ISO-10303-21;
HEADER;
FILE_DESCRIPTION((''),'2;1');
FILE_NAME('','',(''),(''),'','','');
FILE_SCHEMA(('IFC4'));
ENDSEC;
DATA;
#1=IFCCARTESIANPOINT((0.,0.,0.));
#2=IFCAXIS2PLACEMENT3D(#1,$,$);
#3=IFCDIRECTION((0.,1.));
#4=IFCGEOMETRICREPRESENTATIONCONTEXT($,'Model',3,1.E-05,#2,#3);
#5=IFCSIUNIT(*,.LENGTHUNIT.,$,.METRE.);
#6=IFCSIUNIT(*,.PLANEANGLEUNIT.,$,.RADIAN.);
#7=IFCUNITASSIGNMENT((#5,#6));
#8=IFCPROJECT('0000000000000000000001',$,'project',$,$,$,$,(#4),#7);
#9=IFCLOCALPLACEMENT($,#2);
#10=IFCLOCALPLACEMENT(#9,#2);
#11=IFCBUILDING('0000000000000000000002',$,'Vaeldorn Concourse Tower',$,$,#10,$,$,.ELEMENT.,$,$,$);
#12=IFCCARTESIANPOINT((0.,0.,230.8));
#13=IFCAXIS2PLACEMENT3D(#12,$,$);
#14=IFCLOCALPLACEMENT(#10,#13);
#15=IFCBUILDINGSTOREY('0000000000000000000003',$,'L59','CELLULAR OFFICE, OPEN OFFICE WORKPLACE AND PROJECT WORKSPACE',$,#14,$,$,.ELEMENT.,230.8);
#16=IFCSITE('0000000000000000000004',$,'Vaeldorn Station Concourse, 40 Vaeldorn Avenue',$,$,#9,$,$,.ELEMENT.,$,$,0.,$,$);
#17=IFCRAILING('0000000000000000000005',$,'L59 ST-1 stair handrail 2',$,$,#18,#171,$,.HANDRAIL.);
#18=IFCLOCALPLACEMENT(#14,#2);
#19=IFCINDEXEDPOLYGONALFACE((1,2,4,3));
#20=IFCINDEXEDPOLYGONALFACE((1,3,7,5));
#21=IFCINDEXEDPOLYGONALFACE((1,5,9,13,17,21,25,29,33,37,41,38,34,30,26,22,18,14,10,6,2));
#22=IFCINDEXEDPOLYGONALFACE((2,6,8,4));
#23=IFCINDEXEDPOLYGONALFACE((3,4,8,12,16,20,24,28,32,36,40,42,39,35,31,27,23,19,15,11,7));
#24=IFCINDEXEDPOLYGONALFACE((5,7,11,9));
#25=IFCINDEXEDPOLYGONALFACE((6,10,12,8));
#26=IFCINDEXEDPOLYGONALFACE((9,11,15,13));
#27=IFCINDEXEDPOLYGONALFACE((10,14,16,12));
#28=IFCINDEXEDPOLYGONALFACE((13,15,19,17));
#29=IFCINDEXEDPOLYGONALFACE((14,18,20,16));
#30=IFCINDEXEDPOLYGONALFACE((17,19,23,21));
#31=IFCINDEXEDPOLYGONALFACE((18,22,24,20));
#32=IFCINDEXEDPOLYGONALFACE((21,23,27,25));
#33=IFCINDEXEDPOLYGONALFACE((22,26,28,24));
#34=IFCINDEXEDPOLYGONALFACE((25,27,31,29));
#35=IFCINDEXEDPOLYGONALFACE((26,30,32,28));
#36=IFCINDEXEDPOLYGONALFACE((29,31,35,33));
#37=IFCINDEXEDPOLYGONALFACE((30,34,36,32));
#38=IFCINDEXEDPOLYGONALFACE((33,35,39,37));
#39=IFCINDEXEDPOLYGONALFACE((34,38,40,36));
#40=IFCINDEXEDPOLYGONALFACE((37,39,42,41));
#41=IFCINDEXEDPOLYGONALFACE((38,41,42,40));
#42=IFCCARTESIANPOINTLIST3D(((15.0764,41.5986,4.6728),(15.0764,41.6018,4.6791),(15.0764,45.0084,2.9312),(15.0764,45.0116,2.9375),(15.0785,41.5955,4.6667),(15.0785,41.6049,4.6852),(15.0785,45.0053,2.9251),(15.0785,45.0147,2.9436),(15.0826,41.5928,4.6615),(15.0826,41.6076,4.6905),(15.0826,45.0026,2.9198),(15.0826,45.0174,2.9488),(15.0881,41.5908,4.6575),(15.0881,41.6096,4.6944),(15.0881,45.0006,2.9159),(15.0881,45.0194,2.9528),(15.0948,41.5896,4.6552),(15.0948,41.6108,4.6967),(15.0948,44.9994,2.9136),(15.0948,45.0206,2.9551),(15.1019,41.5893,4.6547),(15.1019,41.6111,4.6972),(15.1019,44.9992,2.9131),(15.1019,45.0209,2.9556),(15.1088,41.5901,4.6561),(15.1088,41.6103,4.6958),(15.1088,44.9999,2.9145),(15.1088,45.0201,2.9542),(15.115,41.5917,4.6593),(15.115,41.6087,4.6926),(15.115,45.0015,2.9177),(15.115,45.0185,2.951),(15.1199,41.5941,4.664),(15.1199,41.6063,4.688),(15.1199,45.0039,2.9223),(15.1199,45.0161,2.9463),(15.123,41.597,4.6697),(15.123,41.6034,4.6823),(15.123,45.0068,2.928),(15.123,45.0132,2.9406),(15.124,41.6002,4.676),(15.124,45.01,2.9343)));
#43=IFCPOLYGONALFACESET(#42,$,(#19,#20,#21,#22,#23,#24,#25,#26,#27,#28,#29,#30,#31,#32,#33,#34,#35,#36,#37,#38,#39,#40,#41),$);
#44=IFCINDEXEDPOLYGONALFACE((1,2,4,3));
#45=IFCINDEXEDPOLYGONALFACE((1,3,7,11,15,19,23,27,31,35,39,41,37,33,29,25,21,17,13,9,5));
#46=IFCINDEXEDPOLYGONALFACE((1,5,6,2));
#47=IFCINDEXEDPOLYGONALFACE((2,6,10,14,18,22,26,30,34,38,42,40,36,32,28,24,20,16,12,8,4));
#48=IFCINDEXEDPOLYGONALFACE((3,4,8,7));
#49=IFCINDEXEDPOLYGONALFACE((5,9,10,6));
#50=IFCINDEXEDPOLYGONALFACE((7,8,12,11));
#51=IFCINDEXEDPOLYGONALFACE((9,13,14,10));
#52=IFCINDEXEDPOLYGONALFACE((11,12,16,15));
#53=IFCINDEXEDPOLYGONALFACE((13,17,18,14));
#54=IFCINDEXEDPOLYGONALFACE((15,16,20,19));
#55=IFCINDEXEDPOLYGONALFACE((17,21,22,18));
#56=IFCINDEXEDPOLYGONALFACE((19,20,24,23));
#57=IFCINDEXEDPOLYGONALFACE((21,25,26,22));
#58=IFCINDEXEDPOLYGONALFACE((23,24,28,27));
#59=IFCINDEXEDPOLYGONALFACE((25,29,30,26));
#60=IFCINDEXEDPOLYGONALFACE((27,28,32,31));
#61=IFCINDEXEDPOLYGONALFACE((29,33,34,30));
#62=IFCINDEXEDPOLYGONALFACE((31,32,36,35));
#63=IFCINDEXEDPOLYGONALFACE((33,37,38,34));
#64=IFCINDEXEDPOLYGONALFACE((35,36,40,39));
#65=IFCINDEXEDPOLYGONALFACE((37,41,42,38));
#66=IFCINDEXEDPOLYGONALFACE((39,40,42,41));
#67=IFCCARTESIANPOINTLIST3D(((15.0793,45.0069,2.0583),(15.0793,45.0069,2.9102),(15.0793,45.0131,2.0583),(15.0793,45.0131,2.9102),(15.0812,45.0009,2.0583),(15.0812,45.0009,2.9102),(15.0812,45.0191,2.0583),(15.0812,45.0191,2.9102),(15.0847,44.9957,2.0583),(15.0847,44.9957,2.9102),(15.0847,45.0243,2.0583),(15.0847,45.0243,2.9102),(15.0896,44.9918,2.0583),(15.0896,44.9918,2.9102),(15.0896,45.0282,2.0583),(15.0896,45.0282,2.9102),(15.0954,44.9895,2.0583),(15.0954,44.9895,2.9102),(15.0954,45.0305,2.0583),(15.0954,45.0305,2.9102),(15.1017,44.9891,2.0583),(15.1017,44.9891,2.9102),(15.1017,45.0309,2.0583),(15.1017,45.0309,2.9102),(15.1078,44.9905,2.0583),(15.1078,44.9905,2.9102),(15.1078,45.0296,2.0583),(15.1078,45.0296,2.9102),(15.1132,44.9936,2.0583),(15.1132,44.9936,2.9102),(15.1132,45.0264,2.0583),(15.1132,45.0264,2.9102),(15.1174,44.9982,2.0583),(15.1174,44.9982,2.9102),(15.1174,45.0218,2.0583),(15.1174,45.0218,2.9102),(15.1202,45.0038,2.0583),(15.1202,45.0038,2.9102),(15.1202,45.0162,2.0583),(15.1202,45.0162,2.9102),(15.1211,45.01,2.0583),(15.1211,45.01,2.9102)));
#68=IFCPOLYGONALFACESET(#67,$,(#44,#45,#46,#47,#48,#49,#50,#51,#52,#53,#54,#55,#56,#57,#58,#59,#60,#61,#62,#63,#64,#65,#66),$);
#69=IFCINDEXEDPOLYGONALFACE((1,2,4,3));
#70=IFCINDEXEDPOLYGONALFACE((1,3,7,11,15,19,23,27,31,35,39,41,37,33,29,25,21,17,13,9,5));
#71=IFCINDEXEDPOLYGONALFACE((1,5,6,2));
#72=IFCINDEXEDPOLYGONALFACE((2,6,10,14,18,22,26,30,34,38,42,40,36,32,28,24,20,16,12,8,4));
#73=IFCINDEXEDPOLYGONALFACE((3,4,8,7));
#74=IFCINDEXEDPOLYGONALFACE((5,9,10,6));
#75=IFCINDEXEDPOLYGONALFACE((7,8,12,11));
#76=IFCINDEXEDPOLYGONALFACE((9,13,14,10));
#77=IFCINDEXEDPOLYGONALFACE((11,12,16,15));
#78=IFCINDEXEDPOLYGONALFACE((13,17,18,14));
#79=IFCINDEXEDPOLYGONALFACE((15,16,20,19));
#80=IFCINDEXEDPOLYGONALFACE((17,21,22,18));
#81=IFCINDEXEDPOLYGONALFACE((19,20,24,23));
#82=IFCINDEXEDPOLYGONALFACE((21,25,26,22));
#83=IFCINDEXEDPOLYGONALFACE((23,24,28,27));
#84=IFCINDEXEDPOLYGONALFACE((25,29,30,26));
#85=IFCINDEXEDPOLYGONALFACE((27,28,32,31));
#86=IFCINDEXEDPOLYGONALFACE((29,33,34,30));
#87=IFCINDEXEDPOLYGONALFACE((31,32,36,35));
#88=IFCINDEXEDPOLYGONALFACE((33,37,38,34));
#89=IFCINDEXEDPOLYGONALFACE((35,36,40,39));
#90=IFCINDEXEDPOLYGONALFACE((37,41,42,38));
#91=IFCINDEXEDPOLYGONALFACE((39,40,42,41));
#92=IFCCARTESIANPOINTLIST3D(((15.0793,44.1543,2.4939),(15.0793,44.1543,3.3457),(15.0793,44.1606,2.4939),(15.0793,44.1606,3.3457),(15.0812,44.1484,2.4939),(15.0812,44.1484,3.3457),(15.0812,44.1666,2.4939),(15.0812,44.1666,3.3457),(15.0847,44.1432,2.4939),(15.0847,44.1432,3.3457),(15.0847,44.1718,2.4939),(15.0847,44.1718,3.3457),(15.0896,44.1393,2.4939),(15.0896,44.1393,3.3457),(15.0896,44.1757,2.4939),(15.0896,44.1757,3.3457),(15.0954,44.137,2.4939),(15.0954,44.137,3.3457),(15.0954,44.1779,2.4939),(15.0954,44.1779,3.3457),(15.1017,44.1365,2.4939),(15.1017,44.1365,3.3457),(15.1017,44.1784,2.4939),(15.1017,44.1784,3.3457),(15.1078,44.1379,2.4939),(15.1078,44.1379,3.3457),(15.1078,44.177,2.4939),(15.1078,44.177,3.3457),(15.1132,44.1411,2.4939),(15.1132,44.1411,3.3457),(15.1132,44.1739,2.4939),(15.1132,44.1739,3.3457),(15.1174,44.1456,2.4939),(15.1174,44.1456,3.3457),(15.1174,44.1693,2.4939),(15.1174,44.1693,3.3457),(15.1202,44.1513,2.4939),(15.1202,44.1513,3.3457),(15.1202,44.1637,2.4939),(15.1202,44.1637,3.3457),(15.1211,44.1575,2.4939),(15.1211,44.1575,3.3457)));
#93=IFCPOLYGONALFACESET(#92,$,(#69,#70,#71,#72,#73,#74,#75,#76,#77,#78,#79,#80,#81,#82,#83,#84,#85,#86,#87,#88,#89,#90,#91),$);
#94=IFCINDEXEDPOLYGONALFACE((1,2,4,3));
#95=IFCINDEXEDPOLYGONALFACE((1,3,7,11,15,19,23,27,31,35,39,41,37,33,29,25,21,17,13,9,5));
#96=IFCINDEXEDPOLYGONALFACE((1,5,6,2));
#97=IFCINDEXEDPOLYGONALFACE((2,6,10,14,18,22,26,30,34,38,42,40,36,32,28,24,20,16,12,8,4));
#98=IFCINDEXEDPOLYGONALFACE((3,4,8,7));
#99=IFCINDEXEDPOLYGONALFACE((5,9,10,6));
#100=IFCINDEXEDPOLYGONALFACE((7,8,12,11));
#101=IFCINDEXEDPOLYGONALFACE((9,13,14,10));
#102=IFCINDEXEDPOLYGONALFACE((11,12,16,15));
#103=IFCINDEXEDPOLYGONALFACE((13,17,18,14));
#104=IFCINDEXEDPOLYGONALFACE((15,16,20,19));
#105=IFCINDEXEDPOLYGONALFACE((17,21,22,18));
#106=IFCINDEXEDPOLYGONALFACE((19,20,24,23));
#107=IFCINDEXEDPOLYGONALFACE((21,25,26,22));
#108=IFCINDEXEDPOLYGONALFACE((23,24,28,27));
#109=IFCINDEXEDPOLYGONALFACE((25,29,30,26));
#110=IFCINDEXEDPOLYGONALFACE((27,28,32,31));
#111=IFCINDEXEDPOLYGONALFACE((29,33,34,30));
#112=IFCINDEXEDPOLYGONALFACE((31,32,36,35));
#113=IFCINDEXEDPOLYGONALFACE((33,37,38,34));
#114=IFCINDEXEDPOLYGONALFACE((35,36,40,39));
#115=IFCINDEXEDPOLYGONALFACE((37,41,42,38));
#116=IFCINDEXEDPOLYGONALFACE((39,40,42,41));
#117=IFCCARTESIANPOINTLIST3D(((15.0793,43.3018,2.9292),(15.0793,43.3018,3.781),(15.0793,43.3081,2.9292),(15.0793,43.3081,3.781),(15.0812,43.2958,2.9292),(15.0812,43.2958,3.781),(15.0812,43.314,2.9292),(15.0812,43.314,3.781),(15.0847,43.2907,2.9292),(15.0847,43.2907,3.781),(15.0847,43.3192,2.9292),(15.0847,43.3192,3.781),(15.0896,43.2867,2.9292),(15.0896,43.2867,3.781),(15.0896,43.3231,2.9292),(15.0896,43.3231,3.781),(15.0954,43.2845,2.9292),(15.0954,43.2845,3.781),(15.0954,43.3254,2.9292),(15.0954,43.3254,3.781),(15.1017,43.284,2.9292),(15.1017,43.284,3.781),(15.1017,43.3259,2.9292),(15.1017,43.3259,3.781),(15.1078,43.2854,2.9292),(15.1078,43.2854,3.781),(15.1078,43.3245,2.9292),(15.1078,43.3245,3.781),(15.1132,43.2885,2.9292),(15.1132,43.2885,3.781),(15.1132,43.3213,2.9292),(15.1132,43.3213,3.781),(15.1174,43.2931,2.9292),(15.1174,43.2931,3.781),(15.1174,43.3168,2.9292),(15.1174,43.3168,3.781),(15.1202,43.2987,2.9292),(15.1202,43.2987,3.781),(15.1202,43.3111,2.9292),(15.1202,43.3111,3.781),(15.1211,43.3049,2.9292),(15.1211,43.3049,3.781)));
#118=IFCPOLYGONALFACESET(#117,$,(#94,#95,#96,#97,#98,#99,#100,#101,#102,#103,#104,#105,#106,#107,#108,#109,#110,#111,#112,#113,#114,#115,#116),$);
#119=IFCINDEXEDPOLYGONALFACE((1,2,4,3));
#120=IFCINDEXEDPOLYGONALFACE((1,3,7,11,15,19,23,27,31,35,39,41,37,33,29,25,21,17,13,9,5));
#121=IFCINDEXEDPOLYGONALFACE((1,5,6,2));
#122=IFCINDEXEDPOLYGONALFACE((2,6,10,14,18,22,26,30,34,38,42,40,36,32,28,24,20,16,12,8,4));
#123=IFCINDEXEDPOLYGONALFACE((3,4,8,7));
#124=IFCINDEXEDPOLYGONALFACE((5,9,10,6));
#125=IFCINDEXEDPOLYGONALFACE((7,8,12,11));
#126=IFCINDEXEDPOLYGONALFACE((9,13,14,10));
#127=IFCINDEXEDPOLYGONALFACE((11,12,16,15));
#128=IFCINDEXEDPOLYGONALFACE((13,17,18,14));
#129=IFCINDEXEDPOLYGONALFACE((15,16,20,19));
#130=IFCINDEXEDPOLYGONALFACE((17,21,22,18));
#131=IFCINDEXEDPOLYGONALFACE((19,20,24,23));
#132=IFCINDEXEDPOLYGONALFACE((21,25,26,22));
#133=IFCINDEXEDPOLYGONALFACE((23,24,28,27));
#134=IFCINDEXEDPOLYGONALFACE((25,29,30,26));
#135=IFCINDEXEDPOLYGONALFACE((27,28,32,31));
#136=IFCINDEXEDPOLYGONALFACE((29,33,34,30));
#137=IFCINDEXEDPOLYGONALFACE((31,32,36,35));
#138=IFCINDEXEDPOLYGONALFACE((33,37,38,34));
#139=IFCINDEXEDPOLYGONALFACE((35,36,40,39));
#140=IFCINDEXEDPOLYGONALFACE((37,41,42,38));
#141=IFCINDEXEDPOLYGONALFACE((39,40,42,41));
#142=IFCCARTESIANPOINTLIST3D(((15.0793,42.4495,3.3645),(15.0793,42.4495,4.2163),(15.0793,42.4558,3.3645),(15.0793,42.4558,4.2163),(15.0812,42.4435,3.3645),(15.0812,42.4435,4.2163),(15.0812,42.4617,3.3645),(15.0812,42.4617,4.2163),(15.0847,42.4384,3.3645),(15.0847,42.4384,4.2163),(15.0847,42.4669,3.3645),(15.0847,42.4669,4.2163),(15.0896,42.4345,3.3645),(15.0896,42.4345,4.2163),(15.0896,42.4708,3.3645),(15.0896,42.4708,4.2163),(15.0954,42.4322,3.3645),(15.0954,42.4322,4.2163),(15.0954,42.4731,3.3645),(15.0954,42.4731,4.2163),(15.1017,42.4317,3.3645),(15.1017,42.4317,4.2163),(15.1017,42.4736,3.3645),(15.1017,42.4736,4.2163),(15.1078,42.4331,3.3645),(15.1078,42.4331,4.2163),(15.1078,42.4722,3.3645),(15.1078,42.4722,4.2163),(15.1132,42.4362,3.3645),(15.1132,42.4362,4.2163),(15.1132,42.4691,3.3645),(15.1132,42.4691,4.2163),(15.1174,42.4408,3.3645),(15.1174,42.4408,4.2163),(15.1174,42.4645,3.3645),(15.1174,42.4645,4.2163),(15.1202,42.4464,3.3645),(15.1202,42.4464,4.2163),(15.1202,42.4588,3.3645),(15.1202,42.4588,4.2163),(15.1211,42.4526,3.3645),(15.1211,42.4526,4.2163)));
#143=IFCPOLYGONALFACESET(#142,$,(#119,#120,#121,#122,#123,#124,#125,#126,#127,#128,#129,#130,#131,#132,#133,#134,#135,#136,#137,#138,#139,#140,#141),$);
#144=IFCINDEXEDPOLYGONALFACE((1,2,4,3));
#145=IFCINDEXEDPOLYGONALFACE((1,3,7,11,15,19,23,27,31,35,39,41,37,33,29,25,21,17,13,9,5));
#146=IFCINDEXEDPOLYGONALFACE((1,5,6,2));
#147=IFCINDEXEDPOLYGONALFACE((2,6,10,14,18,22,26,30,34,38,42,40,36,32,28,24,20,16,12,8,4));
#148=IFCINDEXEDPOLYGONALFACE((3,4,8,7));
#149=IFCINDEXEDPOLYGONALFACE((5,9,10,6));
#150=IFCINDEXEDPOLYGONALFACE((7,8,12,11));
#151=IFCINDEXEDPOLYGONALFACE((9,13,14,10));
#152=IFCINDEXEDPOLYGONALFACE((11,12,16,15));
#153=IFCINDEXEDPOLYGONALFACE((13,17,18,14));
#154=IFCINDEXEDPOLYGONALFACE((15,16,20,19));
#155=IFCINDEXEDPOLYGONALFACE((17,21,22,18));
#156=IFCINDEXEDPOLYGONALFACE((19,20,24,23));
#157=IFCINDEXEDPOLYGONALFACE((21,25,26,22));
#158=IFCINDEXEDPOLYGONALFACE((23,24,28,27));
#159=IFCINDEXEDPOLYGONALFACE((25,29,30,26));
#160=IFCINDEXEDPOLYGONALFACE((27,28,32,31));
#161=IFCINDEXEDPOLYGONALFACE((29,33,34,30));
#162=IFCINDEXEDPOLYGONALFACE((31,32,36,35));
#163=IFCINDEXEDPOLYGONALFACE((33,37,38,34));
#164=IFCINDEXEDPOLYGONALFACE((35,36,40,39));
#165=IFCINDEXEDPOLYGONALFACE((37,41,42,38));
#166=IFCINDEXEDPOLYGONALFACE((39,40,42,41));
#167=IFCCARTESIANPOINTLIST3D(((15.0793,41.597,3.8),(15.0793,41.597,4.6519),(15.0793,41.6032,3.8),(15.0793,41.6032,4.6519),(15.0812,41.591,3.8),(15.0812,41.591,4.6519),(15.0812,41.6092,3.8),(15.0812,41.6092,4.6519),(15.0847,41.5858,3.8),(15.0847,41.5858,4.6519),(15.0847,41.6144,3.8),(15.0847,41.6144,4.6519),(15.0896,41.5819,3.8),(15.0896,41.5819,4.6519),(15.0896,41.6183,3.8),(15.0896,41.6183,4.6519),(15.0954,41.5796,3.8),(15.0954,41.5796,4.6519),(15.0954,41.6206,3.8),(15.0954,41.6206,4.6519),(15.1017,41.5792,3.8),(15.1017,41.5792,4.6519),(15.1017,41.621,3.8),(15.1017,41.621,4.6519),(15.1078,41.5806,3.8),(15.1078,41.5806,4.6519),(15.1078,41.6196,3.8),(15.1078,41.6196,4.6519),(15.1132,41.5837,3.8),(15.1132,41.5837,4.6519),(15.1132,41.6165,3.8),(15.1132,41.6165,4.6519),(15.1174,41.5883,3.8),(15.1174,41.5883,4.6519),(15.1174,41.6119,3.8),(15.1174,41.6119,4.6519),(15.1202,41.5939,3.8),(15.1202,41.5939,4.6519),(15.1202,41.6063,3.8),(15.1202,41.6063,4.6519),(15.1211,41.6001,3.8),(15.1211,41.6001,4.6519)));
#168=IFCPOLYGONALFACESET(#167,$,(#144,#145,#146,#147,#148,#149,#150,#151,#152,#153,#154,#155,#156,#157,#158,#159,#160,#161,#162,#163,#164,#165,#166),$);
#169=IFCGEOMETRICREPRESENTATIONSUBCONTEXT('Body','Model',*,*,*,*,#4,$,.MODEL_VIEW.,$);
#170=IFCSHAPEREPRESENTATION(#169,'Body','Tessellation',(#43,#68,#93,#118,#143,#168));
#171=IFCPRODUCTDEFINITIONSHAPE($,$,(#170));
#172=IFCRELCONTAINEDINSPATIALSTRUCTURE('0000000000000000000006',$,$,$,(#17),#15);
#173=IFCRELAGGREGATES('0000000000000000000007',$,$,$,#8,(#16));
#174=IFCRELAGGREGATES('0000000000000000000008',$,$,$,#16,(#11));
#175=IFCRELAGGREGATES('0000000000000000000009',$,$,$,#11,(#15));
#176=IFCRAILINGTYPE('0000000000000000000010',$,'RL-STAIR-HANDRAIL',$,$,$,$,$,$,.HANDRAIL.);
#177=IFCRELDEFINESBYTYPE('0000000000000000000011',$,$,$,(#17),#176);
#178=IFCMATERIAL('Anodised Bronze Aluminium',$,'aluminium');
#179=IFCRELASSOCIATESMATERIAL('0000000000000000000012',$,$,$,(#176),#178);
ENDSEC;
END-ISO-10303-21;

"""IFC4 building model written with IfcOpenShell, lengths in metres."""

from ifc_helpers import new_model, si_unit, direction, frame, origin, origin_2d, place, context, subcontext, project, spatial, circle, extrude, material, type_object, element, save


model = new_model("IFC4")

# Units and contexts
model_context = context("Model", 3, precision=1e-05, world=origin(), true_north=direction((0.0, 1.0)))
body_context = subcontext(model_context, "Body", "Model", "MODEL_VIEW")
ifc_project = project(units=[si_unit("LENGTHUNIT", "METRE"), si_unit("PLANEANGLEUNIT", "RADIAN")], contexts=[model_context])

# Site, building, storey
site_placement = place(None, origin())
site = spatial("IfcSite", under=ifc_project, at=site_placement, Name="Vaeldorn Station Concourse, 40 Vaeldorn Avenue", CompositionType="ELEMENT", RefElevation=0.0)
building_placement = place(site_placement, origin())
building = spatial("IfcBuilding", under=site, at=building_placement, Name="Vaeldorn Concourse Tower", CompositionType="ELEMENT")
storey_placement = place(building_placement, frame((0.0, 0.0, 230.8)))
storey = spatial("IfcBuildingStorey", under=building, at=storey_placement, Name="L59", Description="CELLULAR OFFICE, OPEN OFFICE WORKPLACE AND PROJECT WORKSPACE", CompositionType="ELEMENT", Elevation=230.8)

# Shared definitions
ifc_material_1 = material(Name="Anodised Bronze Aluminium", Category="aluminium")

# Railing
railing_type_1 = type_object("IfcRailingType", Name="RL-STAIR-HANDRAIL", PredefinedType="HANDRAIL", material=ifc_material_1)
railing_1_placement = place(storey_placement, frame((15.1001, 45.01, 2.0583)))
element("IfcRailing", 1, at=railing_1_placement, inside=storey, type_object=railing_type_1, Name="L59 ST-1 stair handrail 2", PredefinedType="HANDRAIL", context=body_context, shape_type="SweptSolid", body=[
    extrude(circle(Radius=0.0239, at=origin_2d()), frame((0.0, 0.0, 0.876), z_axis=(0.0, -0.890556, 0.454874), x_axis=(1.0, 0.0, 0.0)), (0.0, 0.0, 1.0), 3.8289),
    extrude(circle(Radius=0.021, at=origin_2d()), origin(), (0.0, 0.0, 1.0), 0.8518),
    extrude(circle(Radius=0.021, at=origin_2d()), frame((0.0, -0.8525, 0.4355)), (0.0, 0.0, 1.0), 0.8518),
    extrude(circle(Radius=0.021, at=origin_2d()), frame((0.0, -1.7051, 0.8708)), (0.0, 0.0, 1.0), 0.8518),
    extrude(circle(Radius=0.021, at=origin_2d()), frame((0.0, -2.5574, 1.3062)), (0.0, 0.0, 1.0), 0.8518),
    extrude(circle(Radius=0.021, at=origin_2d()), frame((0.0, -3.4099, 1.7417)), (0.0, 0.0, 1.0), 0.8518),
])

save(model, "model.ifc")
